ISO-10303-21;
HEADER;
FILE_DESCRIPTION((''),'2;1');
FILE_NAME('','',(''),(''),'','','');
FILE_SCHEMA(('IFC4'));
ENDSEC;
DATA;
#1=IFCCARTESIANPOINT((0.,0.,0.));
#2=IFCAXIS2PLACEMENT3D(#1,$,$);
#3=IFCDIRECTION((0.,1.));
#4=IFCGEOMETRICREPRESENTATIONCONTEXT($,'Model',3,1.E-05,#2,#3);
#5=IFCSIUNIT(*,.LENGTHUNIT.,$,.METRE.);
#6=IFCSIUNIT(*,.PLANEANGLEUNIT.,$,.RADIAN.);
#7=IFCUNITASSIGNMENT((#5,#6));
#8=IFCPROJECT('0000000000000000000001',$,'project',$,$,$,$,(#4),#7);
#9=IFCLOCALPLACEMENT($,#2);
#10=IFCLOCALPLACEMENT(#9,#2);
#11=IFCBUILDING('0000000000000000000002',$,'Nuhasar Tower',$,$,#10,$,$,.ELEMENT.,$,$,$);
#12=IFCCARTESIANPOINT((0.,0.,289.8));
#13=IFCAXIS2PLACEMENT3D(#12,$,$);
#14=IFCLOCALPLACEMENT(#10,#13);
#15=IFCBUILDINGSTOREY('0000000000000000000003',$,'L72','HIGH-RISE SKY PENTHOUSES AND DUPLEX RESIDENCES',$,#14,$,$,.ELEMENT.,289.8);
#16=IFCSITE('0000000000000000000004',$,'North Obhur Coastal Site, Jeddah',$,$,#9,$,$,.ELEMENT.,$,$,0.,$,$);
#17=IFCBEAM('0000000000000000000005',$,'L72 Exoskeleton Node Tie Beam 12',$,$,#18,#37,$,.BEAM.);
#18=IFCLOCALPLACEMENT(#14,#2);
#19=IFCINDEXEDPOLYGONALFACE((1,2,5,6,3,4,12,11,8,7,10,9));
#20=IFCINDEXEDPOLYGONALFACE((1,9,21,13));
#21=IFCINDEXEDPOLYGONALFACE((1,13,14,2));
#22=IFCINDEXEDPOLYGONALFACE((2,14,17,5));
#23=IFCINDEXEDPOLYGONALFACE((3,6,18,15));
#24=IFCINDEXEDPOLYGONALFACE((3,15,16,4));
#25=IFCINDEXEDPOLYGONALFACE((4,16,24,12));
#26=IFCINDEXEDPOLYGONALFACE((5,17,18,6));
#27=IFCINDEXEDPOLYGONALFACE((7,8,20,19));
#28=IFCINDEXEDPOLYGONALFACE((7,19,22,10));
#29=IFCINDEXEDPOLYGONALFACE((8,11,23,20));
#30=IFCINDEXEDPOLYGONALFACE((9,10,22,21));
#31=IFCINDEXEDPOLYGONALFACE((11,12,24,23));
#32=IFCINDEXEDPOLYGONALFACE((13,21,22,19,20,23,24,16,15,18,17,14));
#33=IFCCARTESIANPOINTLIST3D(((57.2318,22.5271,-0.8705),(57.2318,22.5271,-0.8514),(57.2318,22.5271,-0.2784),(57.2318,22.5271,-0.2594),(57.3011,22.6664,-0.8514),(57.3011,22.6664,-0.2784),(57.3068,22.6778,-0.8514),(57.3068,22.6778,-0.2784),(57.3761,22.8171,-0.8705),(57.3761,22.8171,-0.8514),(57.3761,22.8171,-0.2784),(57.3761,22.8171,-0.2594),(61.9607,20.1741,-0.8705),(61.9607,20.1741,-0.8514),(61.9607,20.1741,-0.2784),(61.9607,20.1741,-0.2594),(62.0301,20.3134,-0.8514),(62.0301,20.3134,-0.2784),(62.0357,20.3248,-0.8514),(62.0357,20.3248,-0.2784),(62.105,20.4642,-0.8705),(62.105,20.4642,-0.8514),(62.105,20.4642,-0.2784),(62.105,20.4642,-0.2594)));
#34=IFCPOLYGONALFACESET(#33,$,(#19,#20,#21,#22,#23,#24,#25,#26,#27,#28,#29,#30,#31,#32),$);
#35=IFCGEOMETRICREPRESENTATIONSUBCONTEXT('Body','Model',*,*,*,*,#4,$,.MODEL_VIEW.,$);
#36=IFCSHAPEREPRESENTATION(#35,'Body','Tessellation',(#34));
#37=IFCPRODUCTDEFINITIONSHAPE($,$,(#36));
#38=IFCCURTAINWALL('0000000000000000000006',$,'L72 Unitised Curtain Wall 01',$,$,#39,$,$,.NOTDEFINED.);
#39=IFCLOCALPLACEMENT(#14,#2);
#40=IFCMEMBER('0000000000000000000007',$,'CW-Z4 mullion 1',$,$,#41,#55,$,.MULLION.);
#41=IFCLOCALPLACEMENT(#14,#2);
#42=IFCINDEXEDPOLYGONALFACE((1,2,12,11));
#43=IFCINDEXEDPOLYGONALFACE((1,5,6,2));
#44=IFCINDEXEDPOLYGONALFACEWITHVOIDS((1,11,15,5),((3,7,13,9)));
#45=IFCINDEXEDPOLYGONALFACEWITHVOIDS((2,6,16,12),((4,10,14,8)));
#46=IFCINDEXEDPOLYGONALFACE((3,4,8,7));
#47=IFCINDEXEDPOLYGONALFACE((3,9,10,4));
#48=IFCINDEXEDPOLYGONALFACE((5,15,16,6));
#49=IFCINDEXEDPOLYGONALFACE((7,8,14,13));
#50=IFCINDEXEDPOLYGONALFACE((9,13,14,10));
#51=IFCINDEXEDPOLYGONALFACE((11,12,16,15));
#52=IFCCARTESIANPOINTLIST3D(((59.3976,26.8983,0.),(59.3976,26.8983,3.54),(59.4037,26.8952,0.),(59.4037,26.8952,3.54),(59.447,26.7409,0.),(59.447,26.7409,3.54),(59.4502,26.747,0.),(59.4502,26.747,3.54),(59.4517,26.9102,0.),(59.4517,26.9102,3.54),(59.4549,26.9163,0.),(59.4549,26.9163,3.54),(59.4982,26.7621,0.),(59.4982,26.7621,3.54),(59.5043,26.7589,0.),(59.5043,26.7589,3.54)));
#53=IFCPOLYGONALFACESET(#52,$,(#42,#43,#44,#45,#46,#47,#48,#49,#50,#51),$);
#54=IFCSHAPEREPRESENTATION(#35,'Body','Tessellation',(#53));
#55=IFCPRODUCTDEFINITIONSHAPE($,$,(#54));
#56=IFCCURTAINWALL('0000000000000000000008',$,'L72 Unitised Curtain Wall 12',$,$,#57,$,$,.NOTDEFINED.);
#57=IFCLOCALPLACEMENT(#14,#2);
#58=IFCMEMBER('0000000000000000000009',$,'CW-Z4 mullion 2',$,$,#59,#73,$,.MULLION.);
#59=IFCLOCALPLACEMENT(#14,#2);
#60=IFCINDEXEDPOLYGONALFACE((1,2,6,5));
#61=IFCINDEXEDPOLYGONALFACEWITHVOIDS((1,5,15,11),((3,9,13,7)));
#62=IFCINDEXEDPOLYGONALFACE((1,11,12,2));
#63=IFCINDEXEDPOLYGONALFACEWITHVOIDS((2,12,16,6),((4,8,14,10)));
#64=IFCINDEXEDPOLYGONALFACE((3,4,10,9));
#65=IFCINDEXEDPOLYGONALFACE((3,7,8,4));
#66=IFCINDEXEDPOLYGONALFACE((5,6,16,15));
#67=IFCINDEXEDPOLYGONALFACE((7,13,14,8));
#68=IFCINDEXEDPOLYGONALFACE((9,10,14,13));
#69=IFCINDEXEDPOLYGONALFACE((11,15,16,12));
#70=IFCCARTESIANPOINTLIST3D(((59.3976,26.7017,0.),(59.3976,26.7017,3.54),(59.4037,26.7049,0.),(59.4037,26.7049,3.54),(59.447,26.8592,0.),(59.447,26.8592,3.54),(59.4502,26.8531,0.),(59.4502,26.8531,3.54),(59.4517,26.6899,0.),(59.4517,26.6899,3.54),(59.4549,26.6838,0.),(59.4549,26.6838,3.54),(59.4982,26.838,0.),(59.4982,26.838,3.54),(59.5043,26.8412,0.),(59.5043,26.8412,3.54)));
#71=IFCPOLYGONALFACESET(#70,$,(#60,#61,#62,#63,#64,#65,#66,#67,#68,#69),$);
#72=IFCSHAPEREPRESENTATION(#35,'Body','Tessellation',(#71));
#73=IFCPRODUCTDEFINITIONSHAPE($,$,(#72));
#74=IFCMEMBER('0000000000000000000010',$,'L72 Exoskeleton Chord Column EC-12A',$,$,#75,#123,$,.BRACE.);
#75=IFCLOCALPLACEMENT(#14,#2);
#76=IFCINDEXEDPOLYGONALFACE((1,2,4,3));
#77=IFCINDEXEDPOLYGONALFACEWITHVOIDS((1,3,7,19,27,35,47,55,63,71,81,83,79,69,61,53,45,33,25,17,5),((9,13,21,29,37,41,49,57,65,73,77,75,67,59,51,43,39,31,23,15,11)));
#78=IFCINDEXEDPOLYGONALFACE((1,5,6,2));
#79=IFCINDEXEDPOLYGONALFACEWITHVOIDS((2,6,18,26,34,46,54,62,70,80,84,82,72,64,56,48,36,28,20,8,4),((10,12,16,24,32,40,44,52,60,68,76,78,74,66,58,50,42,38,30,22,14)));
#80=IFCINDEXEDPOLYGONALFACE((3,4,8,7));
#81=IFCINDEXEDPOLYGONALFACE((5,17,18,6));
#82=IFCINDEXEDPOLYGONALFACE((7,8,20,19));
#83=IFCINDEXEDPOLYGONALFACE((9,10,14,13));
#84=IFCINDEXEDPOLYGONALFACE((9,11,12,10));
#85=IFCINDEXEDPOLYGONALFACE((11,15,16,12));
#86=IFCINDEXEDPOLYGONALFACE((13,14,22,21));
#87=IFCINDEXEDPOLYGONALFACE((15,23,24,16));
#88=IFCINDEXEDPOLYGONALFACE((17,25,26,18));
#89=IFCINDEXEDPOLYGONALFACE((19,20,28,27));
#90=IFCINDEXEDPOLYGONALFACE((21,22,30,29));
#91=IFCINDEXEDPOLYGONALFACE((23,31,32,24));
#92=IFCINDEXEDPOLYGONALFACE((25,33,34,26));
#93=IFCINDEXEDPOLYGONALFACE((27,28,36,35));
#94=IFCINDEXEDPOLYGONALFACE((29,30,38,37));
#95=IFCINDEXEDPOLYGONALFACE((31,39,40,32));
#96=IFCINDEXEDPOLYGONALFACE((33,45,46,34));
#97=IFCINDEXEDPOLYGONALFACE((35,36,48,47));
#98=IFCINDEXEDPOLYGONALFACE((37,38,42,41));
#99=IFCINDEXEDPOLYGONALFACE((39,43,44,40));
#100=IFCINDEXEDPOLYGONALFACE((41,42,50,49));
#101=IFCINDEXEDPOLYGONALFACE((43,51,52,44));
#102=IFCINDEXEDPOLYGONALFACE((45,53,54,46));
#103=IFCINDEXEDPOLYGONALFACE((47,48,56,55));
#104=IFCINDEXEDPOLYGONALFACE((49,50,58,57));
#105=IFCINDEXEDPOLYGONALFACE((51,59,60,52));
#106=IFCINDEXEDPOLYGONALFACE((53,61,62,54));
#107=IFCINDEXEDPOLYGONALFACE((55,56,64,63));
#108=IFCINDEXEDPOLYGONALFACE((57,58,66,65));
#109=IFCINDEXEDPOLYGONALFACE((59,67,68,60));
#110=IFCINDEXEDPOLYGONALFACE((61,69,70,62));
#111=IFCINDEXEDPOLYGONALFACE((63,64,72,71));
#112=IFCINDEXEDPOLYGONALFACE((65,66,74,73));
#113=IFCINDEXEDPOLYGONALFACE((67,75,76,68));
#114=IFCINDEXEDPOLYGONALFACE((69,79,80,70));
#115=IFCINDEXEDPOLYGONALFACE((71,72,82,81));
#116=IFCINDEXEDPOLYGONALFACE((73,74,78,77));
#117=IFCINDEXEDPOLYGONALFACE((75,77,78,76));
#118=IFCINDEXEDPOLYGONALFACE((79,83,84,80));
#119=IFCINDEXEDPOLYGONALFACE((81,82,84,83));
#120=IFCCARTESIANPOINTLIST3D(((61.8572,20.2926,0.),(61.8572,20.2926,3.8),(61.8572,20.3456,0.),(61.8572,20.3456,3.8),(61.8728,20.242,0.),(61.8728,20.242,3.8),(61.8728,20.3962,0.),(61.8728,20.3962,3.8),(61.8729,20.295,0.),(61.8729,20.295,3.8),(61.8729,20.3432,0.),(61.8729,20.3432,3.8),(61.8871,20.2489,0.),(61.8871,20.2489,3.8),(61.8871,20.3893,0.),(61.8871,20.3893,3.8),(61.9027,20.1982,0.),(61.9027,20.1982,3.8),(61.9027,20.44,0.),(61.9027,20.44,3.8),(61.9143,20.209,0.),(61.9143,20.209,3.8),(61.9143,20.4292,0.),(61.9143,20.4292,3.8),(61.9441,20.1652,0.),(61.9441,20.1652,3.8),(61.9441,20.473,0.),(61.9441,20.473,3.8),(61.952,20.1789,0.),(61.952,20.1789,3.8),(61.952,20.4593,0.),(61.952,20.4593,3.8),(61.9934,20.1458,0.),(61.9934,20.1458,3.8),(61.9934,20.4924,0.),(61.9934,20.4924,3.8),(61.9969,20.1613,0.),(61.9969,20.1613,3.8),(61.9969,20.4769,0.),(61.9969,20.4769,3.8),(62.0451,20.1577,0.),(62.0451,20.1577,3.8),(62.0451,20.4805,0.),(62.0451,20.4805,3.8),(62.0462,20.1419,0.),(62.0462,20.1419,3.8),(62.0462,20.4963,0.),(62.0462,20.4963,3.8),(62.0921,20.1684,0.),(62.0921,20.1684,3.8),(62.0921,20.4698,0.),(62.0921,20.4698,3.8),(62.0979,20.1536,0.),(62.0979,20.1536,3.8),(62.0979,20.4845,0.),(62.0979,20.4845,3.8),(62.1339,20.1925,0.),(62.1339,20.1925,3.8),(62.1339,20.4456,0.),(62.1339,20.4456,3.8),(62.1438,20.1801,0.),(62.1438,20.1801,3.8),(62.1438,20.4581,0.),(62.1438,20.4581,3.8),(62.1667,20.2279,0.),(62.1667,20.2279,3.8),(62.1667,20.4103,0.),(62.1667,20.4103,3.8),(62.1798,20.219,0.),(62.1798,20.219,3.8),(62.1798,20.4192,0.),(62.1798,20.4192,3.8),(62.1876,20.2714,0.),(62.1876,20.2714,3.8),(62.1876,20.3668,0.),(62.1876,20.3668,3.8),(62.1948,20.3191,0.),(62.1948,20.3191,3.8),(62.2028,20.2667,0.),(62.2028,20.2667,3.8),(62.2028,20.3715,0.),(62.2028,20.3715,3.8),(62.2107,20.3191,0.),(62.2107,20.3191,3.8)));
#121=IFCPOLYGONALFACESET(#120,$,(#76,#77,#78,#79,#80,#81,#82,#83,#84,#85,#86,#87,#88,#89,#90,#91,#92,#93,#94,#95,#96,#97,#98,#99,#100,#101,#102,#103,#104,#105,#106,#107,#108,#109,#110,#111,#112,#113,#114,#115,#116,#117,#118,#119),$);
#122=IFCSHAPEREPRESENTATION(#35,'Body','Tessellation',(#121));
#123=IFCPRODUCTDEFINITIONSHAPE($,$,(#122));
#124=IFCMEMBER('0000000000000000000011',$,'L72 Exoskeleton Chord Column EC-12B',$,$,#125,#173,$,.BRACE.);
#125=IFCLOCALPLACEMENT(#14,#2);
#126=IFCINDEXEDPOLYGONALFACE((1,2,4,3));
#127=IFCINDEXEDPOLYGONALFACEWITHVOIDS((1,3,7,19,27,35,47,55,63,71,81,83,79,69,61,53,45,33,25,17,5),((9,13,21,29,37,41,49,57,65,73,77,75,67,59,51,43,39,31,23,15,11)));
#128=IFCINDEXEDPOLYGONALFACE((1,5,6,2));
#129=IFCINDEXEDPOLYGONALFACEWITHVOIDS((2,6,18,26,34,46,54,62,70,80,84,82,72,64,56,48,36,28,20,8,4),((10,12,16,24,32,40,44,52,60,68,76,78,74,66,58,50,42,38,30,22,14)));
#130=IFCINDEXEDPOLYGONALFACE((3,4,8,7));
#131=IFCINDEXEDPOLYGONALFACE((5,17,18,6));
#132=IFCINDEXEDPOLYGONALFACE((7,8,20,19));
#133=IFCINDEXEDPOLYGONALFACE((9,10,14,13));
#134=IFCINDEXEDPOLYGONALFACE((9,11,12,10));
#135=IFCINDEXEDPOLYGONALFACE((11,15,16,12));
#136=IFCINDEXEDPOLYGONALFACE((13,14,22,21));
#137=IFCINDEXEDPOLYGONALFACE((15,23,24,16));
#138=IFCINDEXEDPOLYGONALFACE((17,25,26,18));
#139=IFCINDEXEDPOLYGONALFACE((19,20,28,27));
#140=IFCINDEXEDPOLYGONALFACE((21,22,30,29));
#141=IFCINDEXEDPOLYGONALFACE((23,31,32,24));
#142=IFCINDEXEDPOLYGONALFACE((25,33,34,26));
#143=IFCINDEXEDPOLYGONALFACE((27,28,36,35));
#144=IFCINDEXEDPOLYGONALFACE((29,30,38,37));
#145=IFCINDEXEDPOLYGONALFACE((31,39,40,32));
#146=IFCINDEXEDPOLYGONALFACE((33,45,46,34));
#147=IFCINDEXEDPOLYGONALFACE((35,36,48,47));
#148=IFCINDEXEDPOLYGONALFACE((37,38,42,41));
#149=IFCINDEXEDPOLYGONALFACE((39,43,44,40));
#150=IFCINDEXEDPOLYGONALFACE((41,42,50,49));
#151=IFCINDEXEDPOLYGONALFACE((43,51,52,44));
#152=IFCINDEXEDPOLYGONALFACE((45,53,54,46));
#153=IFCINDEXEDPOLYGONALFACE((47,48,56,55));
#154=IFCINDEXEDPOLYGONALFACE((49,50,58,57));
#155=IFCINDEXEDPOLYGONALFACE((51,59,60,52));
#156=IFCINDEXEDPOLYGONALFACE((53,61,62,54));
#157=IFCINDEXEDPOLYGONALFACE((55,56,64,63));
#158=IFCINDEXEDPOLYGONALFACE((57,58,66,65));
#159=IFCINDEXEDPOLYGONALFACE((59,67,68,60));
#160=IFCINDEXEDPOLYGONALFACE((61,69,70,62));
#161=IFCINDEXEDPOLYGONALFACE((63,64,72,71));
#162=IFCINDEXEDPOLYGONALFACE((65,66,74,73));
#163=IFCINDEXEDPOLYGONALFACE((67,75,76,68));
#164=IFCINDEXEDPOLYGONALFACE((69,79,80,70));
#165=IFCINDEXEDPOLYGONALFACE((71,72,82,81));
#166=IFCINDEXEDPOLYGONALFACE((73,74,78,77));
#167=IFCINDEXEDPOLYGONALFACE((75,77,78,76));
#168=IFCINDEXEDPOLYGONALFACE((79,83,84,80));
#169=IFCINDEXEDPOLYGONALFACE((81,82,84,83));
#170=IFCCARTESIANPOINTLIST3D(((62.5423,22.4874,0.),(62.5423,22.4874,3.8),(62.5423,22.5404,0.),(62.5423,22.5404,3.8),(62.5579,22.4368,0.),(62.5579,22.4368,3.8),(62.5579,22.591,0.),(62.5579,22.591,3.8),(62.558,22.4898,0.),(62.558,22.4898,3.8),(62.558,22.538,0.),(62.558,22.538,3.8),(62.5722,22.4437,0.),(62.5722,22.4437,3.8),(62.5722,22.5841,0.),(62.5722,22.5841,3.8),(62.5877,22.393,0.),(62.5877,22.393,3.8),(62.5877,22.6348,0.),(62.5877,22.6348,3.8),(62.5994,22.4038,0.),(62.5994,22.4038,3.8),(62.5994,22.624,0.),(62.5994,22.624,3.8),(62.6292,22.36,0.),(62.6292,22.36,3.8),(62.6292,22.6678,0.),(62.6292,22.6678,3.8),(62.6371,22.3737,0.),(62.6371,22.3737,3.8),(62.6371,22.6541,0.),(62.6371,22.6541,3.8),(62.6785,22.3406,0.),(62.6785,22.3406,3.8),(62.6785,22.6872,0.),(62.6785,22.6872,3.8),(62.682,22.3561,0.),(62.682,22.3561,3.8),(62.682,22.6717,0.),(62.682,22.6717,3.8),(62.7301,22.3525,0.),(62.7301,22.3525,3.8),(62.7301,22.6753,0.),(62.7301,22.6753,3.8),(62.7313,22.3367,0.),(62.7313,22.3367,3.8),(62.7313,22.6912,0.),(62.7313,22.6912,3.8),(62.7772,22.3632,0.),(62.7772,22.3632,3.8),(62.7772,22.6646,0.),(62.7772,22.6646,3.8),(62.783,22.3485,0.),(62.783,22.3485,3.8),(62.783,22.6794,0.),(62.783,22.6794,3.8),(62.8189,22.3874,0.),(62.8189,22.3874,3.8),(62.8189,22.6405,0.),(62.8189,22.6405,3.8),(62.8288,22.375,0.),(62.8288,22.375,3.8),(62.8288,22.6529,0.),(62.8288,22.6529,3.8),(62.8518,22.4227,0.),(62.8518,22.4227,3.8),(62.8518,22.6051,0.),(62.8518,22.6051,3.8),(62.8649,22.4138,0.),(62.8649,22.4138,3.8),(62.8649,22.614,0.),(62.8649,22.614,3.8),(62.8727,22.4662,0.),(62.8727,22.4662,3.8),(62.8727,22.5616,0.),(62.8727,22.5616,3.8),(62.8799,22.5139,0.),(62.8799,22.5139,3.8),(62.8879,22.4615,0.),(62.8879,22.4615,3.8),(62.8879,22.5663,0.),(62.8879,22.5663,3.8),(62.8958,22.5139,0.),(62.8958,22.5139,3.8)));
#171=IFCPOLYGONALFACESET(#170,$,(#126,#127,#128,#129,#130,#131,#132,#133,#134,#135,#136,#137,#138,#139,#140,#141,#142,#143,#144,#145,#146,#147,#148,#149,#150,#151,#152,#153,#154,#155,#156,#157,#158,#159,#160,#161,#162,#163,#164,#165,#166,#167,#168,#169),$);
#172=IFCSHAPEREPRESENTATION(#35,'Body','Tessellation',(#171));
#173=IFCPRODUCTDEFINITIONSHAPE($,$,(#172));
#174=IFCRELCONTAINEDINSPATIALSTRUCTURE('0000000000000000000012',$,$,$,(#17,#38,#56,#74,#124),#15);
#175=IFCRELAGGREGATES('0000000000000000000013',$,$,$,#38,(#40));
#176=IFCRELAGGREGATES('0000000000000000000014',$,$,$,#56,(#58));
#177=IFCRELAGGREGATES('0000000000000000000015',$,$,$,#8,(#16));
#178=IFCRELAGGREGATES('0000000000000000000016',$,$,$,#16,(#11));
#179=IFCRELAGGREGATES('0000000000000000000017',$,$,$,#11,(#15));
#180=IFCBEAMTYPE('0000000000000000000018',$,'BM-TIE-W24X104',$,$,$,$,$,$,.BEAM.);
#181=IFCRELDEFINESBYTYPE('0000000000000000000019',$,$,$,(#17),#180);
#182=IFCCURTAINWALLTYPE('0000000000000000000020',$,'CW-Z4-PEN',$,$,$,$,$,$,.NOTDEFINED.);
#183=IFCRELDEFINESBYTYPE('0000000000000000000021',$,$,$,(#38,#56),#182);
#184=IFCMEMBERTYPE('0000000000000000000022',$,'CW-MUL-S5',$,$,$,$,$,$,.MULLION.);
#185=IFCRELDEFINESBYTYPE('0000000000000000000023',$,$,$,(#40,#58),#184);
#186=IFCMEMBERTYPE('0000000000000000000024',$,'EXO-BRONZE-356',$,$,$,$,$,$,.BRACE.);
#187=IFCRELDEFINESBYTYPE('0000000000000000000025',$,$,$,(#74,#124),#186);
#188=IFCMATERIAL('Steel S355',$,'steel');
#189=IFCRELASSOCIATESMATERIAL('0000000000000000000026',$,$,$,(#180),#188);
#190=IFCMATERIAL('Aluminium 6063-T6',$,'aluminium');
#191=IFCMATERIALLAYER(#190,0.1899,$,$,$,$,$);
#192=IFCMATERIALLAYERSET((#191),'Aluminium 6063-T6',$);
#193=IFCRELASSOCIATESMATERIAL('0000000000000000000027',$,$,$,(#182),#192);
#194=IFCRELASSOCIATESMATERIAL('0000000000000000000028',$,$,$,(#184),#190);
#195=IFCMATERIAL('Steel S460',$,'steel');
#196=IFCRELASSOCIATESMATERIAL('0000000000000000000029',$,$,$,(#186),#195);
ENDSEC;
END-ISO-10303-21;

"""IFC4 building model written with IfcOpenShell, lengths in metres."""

from ifc_helpers import new_model, si_unit, direction, frame, origin, origin_2d, place, context, subcontext, project, spatial, hollow_rectangle, hollow_circle, i_section, extrude, material, layer, layer_set, material_profile, profile_set, type_object, element, aggregate, save


model = new_model("IFC4")

# Units and contexts
model_context = context("Model", 3, precision=1e-05, world=origin(), true_north=direction((0.0, 1.0)))
body_context = subcontext(model_context, "Body", "Model", "MODEL_VIEW")
ifc_project = project(units=[si_unit("LENGTHUNIT", "METRE"), si_unit("PLANEANGLEUNIT", "RADIAN")], contexts=[model_context])

# Site, building, storey
site_placement = place(None, origin())
site = spatial("IfcSite", under=ifc_project, at=site_placement, Name="North Obhur Coastal Site, Jeddah", CompositionType="ELEMENT", RefElevation=0.0)
building_placement = place(site_placement, origin())
building = spatial("IfcBuilding", under=site, at=building_placement, Name="Nuhasar Tower", CompositionType="ELEMENT")
storey_placement = place(building_placement, frame((0.0, 0.0, 289.8)))
storey = spatial("IfcBuildingStorey", under=building, at=storey_placement, Name="L72", Description="HIGH-RISE SKY PENTHOUSES AND DUPLEX RESIDENCES", CompositionType="ELEMENT", Elevation=289.8)

# Beam
ifc_material_1 = material(Name="Steel S355", Category="steel")
ifc_material_profile_1 = material_profile(ifc_material_1, i_section(OverallWidth=0.324, OverallDepth=0.6111, WebThickness=0.0127, FlangeThickness=0.019, at=origin_2d()), Name="W24X104")
ifc_profile_set_1 = profile_set([ifc_material_profile_1], Name="Steel S355")
beam_type_1 = type_object("IfcBeamType", Name="BM-TIE-W24X104", PredefinedType="BEAM", material=ifc_profile_set_1)
beam_1_placement = place(storey_placement, frame((57.304, 22.6721, -0.5649), z_axis=(0.895294, -0.445475, 0.0), x_axis=(0.445475, 0.895294, 0.0)))
element("IfcBeam", 1, at=beam_1_placement, inside=storey, type_object=beam_type_1, Name="L72 Exoskeleton Node Tie Beam 12", PredefinedType="BEAM", context=body_context, shape_type="SweptSolid", body=[
    extrude(i_section(OverallWidth=0.324, OverallDepth=0.6111, WebThickness=0.0127, FlangeThickness=0.019, at=origin_2d()), origin(), (0.0, 0.0, 1.0), 5.282),
])

# Curtain walls, members
ifc_material_2 = material(Name="Aluminium 6063-T6", Category="aluminium")
ifc_layer_1 = layer(ifc_material_2, 0.1899)
ifc_layer_set_1 = layer_set([ifc_layer_1], Name="Aluminium 6063-T6")
curtain_wall_type = type_object("IfcCurtainWallType", Name="CW-Z4-PEN", PredefinedType="NOTDEFINED", material=ifc_layer_set_1)
curtain_wall_1_placement = place(storey_placement, origin())
curtain_wall_1 = element("IfcCurtainWall", 2, at=curtain_wall_1_placement, inside=storey, type_object=curtain_wall_type, Name="L72 Unitised Curtain Wall 01", PredefinedType="NOTDEFINED")
ifc_material_profile_2 = material_profile(ifc_material_2, hollow_rectangle(XDim=0.0601, YDim=0.165, WallThickness=0.0049, at=origin_2d()), Name="CWM-5")
ifc_profile_set_2 = profile_set([ifc_material_profile_2], Name="Aluminium 6063-T6")
member_type_1 = type_object("IfcMemberType", Name="CW-MUL-S5", PredefinedType="MULLION", material=ifc_profile_set_2)
member_1_placement = place(storey_placement, frame((59.4509, 26.8286, 0.0), z_axis=(0.0, 0.0, 1.0), x_axis=(-0.954079, -0.299557, 0.0)))
member_1 = element("IfcMember", 3, at=member_1_placement, type_object=member_type_1, Name="CW-Z4 mullion 1", PredefinedType="MULLION", context=body_context, shape_type="SweptSolid", body=[
    extrude(hollow_rectangle(XDim=0.0601, YDim=0.165, WallThickness=0.0049, at=origin_2d()), origin(), (0.0, 0.0, 1.0), 3.54),
])
aggregate(curtain_wall_1, [member_1])
curtain_wall_2_placement = place(storey_placement, origin())
curtain_wall_2 = element("IfcCurtainWall", 4, at=curtain_wall_2_placement, inside=storey, type_object=curtain_wall_type, Name="L72 Unitised Curtain Wall 12", PredefinedType="NOTDEFINED")
member_2_placement = place(storey_placement, frame((59.4509, 26.7715, 0.0), z_axis=(0.0, 0.0, 1.0), x_axis=(-0.954079, 0.299557, 0.0)))
member_2 = element("IfcMember", 5, at=member_2_placement, type_object=member_type_1, Name="CW-Z4 mullion 2", PredefinedType="MULLION", context=body_context, shape_type="SweptSolid", body=[
    extrude(hollow_rectangle(XDim=0.0601, YDim=0.165, WallThickness=0.0049, at=origin_2d()), origin(), (0.0, 0.0, 1.0), 3.54),
])

# Members
ifc_material_3 = material(Name="Steel S460", Category="steel")
ifc_material_profile_3 = material_profile(ifc_material_3, hollow_circle(Radius=0.1777, WallThickness=0.0159, at=origin_2d()), Name="HSS355.6X15.9")
ifc_profile_set_3 = profile_set([ifc_material_profile_3], Name="Steel S460")
member_type_2 = type_object("IfcMemberType", Name="EXO-BRONZE-356", PredefinedType="BRACE", material=ifc_profile_set_3)
for number, where, z_axis, x_axis, name in (
    (6, (62.033, 20.3191, 0.0), (0.0, 0.0, 1.0), (1.0, 0.0, 0.0), "L72 Exoskeleton Chord Column EC-12A"),
    (7, (62.718, 22.5139, 0.0), (0.0, 0.0, 1.0), (1.0, 0.0, 0.0), "L72 Exoskeleton Chord Column EC-12B"),
):
    element("IfcMember", number, at=place(storey_placement, frame(where, z_axis=z_axis, x_axis=x_axis)), inside=storey, type_object=member_type_2, Name=name, PredefinedType="BRACE", context=body_context, shape_type="SweptSolid", body=[
        extrude(hollow_circle(Radius=0.1777, WallThickness=0.0159, at=origin_2d()), origin(), (0.0, 0.0, 1.0), 3.8),
    ])

aggregate(curtain_wall_2, [member_2])

save(model, "model.ifc")
